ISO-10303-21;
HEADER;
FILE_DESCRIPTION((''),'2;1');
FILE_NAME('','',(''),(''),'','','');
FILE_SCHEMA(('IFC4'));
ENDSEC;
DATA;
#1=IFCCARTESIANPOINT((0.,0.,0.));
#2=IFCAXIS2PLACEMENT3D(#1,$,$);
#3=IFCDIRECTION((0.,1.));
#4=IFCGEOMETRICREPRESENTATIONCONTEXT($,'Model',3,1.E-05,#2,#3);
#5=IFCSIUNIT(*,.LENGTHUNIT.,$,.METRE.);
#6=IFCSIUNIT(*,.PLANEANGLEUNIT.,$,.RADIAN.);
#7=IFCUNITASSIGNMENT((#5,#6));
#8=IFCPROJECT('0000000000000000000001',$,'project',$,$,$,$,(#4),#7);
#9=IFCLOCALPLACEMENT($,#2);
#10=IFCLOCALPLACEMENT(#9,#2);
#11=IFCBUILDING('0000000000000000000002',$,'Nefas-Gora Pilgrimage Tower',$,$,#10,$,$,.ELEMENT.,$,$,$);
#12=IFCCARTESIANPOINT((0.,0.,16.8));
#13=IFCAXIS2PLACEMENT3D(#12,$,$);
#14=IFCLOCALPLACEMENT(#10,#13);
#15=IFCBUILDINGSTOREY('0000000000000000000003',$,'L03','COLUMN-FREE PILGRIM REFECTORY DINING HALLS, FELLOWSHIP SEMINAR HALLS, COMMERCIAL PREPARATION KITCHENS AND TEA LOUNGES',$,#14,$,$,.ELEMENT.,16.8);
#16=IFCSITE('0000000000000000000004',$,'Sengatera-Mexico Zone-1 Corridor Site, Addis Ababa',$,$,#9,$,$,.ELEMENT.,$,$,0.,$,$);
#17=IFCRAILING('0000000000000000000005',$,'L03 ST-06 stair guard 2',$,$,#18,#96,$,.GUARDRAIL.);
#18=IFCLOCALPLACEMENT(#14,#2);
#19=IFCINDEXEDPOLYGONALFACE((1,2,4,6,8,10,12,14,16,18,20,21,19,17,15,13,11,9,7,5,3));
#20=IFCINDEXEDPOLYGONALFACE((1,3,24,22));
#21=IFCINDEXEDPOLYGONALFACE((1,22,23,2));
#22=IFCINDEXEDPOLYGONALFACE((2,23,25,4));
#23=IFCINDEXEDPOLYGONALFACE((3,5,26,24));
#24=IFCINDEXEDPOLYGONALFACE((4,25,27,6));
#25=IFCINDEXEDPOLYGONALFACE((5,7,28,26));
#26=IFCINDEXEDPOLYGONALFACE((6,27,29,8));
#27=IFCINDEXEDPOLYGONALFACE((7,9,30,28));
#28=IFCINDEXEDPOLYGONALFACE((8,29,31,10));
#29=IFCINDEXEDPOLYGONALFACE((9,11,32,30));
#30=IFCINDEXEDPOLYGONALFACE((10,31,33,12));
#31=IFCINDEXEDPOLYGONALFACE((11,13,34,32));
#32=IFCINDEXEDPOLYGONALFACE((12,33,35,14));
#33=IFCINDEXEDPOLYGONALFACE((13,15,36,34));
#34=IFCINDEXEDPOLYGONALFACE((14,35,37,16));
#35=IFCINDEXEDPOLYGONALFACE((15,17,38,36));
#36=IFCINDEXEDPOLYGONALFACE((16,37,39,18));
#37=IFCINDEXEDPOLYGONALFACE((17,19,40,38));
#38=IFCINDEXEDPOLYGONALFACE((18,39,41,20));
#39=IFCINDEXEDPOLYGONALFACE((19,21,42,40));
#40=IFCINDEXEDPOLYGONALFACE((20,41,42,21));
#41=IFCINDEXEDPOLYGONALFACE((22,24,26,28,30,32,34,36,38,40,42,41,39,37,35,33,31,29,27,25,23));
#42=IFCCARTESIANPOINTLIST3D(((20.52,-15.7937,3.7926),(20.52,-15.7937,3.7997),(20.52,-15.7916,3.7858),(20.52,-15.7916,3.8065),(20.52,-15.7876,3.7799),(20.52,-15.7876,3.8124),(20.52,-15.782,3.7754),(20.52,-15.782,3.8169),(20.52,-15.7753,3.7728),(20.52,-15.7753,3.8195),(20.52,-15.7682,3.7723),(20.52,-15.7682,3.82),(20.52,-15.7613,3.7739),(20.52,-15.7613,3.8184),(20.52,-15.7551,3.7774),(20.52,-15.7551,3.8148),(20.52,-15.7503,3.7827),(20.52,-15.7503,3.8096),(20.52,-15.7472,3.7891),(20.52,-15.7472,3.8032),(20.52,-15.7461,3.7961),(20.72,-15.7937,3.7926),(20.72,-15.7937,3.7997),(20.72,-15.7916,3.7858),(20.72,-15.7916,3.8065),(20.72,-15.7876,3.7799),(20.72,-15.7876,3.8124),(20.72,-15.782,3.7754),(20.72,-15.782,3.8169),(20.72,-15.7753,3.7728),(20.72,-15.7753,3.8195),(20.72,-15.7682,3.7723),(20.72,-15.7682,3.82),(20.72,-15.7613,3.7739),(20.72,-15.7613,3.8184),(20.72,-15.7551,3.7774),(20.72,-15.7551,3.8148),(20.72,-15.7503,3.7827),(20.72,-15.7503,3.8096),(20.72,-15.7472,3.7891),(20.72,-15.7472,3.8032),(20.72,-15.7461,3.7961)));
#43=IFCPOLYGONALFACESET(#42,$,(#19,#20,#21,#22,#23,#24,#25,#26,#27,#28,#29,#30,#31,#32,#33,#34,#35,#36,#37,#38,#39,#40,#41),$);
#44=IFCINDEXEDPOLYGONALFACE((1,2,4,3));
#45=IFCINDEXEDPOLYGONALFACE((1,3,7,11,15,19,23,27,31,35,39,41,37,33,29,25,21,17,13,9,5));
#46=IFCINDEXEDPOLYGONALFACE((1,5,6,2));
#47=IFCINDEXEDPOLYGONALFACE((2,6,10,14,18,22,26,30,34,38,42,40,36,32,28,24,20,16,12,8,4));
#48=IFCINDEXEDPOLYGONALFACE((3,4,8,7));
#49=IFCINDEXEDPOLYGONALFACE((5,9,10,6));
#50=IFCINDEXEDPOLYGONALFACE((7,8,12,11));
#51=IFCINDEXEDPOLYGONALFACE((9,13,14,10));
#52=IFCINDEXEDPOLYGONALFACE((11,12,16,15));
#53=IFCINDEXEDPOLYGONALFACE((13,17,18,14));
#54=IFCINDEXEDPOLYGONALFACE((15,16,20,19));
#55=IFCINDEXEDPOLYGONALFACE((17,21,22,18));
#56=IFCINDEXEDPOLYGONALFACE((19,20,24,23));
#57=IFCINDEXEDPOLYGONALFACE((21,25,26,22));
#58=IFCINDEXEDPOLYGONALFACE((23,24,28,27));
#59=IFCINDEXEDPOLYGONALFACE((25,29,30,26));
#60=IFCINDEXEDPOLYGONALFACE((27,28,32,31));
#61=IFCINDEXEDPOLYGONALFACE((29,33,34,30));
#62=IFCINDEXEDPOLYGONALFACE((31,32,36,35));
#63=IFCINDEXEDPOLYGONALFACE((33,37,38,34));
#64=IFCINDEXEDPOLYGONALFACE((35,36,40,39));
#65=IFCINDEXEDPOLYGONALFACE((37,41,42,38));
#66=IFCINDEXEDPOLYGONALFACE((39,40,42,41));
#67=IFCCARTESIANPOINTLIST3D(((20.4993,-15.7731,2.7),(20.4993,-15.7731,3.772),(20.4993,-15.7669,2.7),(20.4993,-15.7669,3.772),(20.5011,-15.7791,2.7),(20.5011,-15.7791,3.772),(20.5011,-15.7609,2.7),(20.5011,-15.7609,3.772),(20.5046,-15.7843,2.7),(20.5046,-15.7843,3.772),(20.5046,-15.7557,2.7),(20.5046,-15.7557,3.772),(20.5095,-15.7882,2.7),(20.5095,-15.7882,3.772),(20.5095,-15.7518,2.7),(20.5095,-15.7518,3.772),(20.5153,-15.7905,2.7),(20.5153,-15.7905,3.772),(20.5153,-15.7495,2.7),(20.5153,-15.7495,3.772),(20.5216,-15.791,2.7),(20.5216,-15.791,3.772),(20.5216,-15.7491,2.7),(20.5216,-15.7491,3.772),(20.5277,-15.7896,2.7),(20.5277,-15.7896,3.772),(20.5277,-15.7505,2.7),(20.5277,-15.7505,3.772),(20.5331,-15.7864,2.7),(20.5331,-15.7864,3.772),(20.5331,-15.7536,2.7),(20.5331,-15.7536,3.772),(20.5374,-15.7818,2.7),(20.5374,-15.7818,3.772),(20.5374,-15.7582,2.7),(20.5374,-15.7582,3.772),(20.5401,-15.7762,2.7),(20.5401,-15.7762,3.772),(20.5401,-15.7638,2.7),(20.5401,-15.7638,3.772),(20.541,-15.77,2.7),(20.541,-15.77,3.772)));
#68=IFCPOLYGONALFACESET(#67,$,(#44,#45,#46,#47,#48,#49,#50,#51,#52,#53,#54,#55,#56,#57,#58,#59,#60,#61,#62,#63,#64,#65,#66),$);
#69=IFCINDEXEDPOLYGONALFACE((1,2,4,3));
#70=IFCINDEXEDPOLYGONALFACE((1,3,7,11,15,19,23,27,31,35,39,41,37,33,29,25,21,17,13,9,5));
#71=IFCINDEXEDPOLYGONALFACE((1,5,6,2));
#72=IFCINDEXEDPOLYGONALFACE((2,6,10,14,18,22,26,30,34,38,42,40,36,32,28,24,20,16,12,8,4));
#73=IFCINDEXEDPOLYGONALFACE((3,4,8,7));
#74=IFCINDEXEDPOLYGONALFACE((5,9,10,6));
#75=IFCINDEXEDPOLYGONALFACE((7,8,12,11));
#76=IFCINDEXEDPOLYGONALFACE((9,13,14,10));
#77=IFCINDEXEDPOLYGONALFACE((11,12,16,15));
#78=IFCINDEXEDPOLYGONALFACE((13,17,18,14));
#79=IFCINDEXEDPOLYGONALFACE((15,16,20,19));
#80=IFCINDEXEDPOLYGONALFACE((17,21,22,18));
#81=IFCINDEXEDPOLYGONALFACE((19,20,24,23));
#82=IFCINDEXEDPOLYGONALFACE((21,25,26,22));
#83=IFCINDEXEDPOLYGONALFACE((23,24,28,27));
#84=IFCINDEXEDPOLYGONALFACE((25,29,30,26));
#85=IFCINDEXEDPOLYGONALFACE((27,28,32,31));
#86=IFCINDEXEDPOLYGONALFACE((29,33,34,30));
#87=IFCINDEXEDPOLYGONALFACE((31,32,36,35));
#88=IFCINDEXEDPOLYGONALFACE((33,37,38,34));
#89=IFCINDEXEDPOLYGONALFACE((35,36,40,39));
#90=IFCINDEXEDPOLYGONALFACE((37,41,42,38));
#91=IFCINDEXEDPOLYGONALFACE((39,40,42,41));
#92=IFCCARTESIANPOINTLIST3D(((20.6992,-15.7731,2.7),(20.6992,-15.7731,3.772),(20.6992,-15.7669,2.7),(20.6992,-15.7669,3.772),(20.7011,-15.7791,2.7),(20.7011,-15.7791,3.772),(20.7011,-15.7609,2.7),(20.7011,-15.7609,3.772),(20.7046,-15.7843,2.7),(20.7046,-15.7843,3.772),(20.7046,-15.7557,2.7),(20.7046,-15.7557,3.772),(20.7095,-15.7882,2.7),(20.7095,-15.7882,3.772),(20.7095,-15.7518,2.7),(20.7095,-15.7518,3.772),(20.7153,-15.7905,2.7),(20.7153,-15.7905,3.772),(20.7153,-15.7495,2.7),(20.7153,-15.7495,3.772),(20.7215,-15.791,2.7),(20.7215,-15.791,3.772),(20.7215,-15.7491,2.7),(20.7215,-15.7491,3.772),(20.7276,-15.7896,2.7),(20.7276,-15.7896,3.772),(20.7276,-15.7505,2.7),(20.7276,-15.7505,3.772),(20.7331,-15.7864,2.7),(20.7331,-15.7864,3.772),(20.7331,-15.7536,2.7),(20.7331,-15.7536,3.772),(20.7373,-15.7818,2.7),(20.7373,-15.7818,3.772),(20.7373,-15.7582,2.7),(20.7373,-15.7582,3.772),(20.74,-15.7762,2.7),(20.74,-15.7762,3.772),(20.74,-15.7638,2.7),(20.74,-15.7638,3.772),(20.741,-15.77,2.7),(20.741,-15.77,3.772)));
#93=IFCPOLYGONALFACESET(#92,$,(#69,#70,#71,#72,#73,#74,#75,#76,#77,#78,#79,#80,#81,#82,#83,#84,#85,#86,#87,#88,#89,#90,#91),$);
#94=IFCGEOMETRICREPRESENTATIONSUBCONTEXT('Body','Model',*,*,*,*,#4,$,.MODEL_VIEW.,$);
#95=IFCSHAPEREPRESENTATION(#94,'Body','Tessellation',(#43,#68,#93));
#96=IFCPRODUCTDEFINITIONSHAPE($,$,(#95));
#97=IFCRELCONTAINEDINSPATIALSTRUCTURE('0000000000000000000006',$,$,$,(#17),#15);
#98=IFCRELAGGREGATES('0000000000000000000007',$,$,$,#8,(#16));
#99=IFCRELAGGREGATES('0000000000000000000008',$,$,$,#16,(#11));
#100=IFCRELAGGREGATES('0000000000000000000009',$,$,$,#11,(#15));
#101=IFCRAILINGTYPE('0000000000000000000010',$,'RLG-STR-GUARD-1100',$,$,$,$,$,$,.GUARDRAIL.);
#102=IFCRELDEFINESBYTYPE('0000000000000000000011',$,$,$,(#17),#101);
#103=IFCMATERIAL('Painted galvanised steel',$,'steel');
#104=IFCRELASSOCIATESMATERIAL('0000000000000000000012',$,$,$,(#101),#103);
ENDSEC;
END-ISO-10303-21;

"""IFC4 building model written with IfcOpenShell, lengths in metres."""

from ifc_helpers import new_model, si_unit, direction, frame, origin, origin_2d, place, context, subcontext, project, spatial, circle, extrude, material, type_object, element, save


model = new_model("IFC4")

# Units and contexts
model_context = context("Model", 3, precision=1e-05, world=origin(), true_north=direction((0.0, 1.0)))
body_context = subcontext(model_context, "Body", "Model", "MODEL_VIEW")
ifc_project = project(units=[si_unit("LENGTHUNIT", "METRE"), si_unit("PLANEANGLEUNIT", "RADIAN")], contexts=[model_context])

# Site, building, storey
site_placement = place(None, origin())
site = spatial("IfcSite", under=ifc_project, at=site_placement, Name="Sengatera-Mexico Zone-1 Corridor Site, Addis Ababa", CompositionType="ELEMENT", RefElevation=0.0)
building_placement = place(site_placement, origin())
building = spatial("IfcBuilding", under=site, at=building_placement, Name="Nefas-Gora Pilgrimage Tower", CompositionType="ELEMENT")
storey_placement = place(building_placement, frame((0.0, 0.0, 16.8)))
storey = spatial("IfcBuildingStorey", under=building, at=storey_placement, Name="L03", Description="COLUMN-FREE PILGRIM REFECTORY DINING HALLS, FELLOWSHIP SEMINAR HALLS, COMMERCIAL PREPARATION KITCHENS AND TEA LOUNGES", CompositionType="ELEMENT", Elevation=16.8)

# Railing
ifc_material_1 = material(Name="Painted galvanised steel", Category="steel")
railing_type_1 = type_object("IfcRailingType", Name="RLG-STR-GUARD-1100", PredefinedType="GUARDRAIL", material=ifc_material_1)
railing_1_placement = place(storey_placement, frame((20.52, -15.77, 2.7)))
element("IfcRailing", 1, at=railing_1_placement, inside=storey, type_object=railing_type_1, Name="L03 ST-06 stair guard 2", PredefinedType="GUARDRAIL", context=body_context, shape_type="SweptSolid", body=[
    extrude(circle(Radius=0.0239, at=origin_2d()), frame((0.0, 0.0, 1.0962), z_axis=(1.0, 0.0, 0.0), x_axis=(0.0, 1.0, 0.0)), (0.0, 0.0, 1.0), 0.2),
    extrude(circle(Radius=0.021, at=origin_2d()), origin(), (0.0, 0.0, 1.0), 1.072),
    extrude(circle(Radius=0.021, at=origin_2d()), frame((0.2, 0.0, 0.0)), (0.0, 0.0, 1.0), 1.072),
])

save(model, "model.ifc")
